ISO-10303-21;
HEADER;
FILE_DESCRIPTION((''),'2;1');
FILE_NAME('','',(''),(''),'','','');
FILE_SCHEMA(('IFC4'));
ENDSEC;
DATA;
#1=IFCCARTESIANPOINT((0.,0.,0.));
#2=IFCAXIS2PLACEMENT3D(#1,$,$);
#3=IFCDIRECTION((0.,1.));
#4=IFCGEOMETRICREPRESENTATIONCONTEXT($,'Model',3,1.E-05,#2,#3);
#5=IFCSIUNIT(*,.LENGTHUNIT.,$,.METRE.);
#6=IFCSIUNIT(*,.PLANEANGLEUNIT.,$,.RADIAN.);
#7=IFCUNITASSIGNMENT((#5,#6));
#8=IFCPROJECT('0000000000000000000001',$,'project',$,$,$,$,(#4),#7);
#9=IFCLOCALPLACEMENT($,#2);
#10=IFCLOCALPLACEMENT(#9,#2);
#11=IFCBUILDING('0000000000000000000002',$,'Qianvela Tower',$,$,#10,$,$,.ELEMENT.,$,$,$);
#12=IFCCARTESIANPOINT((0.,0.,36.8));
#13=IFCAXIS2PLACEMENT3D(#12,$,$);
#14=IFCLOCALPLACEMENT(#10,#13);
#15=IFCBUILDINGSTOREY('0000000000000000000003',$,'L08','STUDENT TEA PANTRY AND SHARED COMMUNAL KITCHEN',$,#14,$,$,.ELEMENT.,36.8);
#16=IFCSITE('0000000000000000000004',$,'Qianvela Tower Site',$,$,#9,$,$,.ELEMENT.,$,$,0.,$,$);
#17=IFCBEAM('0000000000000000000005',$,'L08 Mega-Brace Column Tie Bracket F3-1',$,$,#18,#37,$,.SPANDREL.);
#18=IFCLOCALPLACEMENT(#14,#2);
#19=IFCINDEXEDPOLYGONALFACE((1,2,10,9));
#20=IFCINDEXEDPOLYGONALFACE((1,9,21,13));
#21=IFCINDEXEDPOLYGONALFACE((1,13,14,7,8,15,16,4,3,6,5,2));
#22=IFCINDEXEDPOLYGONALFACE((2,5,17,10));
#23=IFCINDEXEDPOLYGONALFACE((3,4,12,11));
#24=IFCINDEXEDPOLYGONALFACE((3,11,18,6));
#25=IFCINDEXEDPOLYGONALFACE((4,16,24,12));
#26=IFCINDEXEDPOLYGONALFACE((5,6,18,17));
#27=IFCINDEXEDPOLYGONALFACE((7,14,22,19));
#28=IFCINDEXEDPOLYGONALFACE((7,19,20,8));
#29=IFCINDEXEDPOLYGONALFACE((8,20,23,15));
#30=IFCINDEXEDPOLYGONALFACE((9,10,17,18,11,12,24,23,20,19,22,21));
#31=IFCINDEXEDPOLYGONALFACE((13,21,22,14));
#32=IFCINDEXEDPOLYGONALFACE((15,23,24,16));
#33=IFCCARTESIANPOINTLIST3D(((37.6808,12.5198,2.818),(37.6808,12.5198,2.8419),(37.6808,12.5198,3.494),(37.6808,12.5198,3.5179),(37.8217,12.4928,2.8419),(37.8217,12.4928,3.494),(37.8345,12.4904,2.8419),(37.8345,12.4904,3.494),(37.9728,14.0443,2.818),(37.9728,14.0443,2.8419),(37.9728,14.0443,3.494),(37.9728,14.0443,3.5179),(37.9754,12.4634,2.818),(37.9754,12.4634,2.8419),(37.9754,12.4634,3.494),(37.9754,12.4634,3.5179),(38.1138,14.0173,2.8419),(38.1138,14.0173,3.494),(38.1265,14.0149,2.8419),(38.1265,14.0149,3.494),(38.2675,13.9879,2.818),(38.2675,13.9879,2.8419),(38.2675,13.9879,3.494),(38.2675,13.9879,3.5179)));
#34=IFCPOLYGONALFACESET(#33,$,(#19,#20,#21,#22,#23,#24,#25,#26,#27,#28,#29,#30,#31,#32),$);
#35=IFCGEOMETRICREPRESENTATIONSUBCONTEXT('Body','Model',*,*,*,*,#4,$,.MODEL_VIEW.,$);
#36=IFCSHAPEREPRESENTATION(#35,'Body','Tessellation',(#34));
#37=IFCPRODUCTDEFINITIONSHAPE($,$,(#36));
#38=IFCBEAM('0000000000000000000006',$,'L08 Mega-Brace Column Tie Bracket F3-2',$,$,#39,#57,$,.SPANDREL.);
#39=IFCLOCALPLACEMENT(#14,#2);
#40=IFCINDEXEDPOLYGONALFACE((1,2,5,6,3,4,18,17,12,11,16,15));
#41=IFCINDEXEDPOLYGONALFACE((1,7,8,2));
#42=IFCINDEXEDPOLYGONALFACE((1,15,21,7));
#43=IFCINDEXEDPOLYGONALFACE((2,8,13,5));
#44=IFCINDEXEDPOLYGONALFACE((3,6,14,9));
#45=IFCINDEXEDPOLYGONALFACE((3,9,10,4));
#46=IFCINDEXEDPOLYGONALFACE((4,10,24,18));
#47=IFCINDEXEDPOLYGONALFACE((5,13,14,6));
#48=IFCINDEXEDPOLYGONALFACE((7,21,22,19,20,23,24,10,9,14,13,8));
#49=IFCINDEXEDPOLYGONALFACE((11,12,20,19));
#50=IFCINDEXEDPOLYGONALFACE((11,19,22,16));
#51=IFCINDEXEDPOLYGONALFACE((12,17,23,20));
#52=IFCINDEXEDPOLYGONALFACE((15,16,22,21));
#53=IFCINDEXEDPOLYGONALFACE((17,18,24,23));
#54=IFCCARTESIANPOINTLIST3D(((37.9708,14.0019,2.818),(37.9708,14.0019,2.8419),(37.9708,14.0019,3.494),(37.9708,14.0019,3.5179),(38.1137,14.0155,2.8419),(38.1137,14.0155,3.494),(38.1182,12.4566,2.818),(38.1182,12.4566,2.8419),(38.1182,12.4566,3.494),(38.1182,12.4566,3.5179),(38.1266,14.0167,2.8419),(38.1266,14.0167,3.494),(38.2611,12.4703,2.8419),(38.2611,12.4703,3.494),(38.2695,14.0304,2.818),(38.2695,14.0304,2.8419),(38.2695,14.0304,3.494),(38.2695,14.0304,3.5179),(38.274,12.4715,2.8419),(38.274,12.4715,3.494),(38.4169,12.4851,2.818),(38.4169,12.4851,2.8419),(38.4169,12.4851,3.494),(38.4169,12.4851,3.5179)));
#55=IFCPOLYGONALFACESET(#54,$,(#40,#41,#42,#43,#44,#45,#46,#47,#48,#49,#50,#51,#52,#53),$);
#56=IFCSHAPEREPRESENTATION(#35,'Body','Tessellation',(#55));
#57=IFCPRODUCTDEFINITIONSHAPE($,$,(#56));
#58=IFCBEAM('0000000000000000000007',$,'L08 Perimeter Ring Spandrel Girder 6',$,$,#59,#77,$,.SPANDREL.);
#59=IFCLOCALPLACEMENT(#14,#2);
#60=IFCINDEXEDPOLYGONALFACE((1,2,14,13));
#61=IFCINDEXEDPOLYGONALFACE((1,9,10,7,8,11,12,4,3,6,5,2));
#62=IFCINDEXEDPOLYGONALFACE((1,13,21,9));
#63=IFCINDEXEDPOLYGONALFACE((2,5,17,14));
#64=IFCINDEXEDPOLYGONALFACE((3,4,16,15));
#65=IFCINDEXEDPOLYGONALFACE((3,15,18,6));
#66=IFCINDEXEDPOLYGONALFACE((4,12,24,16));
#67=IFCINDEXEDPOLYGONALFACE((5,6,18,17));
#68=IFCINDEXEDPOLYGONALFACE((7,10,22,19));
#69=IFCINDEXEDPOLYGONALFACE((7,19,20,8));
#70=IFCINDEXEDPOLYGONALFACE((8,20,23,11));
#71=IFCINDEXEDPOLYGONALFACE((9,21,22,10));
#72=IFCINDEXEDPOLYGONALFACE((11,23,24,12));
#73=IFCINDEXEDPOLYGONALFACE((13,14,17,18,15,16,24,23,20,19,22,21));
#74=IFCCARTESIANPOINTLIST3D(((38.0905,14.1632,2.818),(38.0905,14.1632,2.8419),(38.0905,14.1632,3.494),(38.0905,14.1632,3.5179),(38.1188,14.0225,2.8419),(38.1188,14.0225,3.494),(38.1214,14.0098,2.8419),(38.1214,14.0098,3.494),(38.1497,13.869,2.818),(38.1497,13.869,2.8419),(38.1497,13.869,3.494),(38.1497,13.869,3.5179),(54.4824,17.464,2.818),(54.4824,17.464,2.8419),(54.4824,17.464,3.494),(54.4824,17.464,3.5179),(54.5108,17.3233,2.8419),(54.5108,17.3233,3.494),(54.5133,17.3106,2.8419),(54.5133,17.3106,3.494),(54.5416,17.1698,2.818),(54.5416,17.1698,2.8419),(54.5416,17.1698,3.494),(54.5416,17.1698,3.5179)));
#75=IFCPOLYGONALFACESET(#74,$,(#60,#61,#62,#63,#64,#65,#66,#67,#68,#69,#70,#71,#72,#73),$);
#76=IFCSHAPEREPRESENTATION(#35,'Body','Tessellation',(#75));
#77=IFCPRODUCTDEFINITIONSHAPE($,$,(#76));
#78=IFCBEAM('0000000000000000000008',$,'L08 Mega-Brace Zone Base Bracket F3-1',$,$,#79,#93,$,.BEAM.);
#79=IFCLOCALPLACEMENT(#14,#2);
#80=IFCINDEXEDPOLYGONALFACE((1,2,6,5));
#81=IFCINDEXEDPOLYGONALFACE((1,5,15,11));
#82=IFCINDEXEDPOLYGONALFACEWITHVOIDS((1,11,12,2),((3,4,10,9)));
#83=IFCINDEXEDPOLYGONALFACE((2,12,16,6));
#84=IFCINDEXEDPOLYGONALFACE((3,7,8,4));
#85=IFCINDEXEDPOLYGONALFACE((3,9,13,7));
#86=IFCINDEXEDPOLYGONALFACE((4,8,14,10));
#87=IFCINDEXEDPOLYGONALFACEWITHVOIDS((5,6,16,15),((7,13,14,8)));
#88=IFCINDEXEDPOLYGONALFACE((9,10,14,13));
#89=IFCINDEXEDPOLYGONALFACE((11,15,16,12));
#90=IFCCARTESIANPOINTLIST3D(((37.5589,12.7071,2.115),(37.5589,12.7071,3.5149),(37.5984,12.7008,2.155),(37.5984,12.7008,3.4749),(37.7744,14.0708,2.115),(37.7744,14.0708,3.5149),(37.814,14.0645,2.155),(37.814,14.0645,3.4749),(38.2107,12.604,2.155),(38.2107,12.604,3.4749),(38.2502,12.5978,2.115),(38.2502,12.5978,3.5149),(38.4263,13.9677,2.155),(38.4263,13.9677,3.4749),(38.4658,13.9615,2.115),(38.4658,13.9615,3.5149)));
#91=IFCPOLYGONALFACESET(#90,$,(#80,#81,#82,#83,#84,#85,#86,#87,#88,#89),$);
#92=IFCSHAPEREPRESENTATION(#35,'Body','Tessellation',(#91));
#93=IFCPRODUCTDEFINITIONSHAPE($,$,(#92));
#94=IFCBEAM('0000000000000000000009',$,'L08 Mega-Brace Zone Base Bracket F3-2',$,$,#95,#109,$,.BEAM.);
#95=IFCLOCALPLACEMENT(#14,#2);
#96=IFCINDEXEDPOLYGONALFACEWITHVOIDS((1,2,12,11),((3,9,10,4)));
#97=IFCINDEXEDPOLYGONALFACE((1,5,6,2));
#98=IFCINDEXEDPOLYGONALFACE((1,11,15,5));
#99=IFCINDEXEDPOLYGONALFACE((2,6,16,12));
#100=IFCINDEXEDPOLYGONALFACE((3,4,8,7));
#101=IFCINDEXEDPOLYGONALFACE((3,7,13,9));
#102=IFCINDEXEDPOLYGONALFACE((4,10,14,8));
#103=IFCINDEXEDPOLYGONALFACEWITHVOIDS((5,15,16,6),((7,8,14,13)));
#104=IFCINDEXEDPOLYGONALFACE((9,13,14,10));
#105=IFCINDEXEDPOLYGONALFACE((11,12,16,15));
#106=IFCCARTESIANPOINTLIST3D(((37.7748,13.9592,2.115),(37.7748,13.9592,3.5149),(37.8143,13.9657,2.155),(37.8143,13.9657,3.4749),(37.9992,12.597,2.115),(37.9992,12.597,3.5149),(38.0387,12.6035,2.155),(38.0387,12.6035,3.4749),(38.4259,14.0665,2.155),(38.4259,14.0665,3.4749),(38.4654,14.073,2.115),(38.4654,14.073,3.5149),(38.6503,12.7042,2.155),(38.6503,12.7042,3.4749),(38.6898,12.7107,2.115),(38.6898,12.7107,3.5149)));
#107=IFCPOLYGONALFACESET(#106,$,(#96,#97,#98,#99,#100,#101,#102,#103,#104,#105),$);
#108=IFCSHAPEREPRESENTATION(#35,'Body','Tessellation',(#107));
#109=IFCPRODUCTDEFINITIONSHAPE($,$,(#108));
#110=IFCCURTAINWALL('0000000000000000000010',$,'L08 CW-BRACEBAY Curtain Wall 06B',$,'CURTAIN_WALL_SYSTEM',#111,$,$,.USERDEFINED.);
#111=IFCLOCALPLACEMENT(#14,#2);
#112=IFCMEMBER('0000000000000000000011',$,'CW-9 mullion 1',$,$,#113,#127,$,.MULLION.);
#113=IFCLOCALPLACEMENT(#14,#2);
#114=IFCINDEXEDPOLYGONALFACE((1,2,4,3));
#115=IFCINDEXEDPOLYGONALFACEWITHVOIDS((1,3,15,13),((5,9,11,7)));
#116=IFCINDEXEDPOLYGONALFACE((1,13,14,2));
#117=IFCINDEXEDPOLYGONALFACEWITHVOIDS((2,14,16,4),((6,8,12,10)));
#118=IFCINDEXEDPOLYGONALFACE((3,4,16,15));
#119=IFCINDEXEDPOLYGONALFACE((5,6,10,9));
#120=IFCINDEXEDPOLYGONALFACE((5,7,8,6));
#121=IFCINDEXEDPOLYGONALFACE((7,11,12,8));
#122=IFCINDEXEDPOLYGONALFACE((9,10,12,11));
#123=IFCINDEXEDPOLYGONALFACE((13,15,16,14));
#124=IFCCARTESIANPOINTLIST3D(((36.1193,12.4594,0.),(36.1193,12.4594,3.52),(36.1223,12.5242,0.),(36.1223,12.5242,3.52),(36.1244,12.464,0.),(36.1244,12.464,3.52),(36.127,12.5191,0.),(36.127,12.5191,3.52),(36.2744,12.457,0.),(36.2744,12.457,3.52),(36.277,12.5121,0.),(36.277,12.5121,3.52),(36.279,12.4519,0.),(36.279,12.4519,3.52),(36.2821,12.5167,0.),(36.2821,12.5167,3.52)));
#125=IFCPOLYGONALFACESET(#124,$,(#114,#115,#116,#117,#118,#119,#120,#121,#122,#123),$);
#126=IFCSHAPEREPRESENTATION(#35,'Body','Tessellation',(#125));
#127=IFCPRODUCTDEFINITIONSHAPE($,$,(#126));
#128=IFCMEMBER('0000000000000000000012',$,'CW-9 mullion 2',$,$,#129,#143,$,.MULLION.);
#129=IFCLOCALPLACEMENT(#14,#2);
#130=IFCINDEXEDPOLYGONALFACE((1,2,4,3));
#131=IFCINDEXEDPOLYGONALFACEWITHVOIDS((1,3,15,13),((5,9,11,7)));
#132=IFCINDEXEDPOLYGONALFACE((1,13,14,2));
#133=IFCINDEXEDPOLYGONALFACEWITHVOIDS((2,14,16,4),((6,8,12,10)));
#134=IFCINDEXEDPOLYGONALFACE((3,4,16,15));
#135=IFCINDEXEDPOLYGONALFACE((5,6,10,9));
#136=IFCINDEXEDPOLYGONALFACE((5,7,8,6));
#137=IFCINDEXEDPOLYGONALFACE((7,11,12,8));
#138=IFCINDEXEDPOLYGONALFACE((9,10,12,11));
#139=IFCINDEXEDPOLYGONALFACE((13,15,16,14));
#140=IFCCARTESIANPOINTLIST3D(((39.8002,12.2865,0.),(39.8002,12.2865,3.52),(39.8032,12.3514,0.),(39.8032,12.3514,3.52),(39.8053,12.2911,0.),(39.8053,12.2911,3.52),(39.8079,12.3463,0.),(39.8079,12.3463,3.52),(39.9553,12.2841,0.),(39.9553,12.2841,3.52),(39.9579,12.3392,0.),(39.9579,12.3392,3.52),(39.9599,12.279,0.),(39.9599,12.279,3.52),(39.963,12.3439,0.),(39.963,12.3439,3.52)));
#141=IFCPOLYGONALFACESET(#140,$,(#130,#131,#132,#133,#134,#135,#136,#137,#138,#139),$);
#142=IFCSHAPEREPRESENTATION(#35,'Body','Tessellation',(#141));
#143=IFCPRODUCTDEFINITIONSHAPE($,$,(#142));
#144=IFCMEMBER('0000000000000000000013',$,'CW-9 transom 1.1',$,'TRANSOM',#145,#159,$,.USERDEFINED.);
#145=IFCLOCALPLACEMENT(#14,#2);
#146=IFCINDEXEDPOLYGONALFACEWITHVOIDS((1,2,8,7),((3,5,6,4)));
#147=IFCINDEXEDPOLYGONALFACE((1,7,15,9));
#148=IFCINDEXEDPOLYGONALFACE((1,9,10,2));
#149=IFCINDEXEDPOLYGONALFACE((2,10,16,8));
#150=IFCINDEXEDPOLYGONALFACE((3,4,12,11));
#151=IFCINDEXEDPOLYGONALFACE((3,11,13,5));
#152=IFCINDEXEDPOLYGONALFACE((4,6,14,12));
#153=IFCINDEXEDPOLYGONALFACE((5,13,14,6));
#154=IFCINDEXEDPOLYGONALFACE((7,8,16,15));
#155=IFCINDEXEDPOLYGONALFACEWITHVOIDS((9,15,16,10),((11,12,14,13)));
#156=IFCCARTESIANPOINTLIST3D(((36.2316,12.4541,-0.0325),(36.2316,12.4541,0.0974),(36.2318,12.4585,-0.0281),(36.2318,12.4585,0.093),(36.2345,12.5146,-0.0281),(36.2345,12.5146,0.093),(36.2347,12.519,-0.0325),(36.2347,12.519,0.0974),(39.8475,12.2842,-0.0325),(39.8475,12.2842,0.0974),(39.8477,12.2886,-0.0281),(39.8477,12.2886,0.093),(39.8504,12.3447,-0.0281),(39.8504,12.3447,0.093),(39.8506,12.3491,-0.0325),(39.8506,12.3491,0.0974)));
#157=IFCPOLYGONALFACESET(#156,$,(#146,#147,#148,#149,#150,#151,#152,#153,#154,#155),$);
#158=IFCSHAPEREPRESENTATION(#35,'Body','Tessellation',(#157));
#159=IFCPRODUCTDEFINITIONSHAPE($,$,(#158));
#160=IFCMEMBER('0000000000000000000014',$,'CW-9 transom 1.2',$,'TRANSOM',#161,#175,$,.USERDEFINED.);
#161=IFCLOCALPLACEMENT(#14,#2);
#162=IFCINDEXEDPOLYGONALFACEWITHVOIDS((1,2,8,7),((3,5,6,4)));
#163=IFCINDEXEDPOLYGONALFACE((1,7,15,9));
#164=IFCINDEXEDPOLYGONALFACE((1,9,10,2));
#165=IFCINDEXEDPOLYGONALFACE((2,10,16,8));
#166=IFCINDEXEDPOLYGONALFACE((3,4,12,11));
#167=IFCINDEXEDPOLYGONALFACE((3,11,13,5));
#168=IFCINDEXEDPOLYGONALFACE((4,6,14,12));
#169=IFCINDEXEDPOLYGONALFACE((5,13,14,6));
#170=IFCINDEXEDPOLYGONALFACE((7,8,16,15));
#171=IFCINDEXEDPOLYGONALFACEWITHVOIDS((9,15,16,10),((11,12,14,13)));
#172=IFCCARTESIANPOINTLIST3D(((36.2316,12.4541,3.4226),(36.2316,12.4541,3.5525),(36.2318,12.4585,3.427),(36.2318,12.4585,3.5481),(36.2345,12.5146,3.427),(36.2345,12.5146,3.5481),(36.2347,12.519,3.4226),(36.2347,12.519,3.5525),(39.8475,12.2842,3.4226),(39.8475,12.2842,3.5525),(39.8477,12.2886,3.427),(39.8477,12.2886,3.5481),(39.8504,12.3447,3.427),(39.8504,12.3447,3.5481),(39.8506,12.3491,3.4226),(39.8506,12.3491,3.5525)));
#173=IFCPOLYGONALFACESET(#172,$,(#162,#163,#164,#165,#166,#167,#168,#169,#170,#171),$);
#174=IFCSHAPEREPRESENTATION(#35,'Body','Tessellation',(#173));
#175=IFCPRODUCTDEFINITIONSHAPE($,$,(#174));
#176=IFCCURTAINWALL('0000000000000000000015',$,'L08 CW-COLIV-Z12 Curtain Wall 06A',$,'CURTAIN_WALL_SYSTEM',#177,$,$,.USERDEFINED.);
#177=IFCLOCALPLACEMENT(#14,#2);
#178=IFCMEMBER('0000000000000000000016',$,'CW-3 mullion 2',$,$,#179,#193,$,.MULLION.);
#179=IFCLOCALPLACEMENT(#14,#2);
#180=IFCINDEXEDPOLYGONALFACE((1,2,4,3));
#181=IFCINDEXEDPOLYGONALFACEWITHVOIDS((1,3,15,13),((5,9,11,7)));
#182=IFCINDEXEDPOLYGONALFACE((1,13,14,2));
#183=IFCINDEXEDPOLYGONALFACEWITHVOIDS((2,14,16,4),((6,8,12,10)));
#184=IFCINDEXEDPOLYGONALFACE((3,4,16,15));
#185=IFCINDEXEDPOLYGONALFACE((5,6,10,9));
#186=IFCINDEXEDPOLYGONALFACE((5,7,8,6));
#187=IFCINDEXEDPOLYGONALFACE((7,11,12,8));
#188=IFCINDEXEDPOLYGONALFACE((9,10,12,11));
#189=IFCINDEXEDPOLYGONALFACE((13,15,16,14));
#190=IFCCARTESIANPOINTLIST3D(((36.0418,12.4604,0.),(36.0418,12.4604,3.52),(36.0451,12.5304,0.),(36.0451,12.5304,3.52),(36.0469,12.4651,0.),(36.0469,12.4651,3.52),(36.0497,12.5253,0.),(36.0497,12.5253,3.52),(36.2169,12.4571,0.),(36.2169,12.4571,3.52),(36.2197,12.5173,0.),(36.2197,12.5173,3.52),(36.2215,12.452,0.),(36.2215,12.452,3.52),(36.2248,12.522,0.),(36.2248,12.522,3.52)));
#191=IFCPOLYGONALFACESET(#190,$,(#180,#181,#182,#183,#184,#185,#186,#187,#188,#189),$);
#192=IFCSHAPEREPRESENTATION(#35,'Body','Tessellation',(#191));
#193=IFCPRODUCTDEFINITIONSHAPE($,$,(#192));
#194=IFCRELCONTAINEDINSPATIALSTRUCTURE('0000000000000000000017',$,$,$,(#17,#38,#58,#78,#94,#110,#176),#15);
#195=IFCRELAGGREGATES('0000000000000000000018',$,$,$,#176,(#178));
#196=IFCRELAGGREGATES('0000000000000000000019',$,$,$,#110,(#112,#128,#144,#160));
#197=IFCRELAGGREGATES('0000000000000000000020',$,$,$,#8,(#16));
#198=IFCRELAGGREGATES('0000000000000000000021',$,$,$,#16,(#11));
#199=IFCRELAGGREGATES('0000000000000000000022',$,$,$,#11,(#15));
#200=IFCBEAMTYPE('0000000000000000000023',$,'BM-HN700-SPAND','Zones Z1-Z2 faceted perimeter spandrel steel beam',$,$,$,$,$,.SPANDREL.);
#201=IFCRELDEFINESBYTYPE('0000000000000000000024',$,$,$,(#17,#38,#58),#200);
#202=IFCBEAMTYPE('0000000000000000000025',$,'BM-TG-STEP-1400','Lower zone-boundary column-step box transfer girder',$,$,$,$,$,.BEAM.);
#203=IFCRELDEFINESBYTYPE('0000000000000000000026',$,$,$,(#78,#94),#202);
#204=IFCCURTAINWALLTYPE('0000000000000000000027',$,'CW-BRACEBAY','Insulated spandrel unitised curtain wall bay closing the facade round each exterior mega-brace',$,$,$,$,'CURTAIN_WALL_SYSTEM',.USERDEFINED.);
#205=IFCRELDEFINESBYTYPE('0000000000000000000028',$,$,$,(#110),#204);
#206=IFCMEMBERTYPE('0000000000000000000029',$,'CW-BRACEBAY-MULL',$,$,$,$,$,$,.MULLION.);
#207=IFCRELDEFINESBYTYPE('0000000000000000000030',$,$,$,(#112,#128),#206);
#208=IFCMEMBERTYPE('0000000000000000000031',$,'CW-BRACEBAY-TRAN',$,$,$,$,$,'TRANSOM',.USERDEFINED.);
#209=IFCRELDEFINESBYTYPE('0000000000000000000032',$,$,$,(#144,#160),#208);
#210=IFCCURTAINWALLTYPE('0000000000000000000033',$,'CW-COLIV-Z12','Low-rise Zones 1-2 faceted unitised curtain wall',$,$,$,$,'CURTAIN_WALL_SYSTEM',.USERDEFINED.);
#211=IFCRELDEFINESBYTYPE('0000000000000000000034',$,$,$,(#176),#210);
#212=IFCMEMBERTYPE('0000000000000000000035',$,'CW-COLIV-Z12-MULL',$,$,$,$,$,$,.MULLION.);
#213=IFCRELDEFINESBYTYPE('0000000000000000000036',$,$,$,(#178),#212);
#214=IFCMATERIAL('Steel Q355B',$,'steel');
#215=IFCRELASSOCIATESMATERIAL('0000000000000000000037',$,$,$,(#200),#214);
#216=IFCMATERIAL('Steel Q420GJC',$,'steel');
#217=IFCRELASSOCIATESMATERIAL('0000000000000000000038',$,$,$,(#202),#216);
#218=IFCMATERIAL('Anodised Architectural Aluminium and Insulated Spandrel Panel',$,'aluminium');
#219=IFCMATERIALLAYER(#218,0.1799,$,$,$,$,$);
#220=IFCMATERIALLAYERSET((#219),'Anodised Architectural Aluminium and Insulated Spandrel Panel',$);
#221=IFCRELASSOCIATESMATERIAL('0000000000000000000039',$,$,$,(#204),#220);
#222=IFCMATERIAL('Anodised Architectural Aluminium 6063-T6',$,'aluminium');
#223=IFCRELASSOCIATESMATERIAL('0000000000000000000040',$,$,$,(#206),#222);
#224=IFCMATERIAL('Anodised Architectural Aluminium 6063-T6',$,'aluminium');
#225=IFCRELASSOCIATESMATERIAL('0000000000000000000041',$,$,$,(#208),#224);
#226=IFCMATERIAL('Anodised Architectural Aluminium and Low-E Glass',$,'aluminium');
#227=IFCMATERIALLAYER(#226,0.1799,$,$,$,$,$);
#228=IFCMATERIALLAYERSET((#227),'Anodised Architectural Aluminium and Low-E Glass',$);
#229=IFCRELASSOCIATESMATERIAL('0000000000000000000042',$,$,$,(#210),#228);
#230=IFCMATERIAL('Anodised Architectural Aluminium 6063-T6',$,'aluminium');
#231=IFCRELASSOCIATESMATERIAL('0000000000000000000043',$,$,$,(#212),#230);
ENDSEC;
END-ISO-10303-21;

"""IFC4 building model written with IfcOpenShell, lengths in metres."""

from ifc_helpers import new_model, si_unit, direction, frame, origin, origin_2d, place, context, subcontext, project, spatial, hollow_rectangle, i_section, extrude, material, layer, layer_set, material_profile, profile_set, type_object, element, aggregate, save


model = new_model("IFC4")

# Units and contexts
model_context = context("Model", 3, precision=1e-05, world=origin(), true_north=direction((0.0, 1.0)))
body_context = subcontext(model_context, "Body", "Model", "MODEL_VIEW")
ifc_project = project(units=[si_unit("LENGTHUNIT", "METRE"), si_unit("PLANEANGLEUNIT", "RADIAN")], contexts=[model_context])

# Site, building, storey
site_placement = place(None, origin())
site = spatial("IfcSite", under=ifc_project, at=site_placement, Name="Qianvela Tower Site", CompositionType="ELEMENT", RefElevation=0.0)
building_placement = place(site_placement, origin())
building = spatial("IfcBuilding", under=site, at=building_placement, Name="Qianvela Tower", CompositionType="ELEMENT")
storey_placement = place(building_placement, frame((0.0, 0.0, 36.8)))
storey = spatial("IfcBuildingStorey", under=building, at=storey_placement, Name="L08", Description="STUDENT TEA PANTRY AND SHARED COMMUNAL KITCHEN", CompositionType="ELEMENT", Elevation=36.8)

# Beams
ifc_material_1 = material(Name="Steel Q355B", Category="steel")
ifc_material_profile_1 = material_profile(ifc_material_1, i_section(OverallWidth=0.3, OverallDepth=0.7, WebThickness=0.0129, FlangeThickness=0.0239, at=origin_2d()), Name="HN700x300x13x24")
ifc_profile_set_1 = profile_set([ifc_material_profile_1], Name="Steel Q355B")
beam_type_1 = type_object("IfcBeamType", Name="BM-HN700-SPAND", Description="Zones Z1-Z2 faceted perimeter spandrel steel beam", PredefinedType="SPANDREL", material=ifc_profile_set_1)
for number, where, z_axis, x_axis, name in (
    (1, (38.1201, 14.0161, 3.168), (-0.188124, -0.982145, 0.0), (0.982145, -0.188124, 0.0), "L08 Mega-Brace Column Tie Bracket F3-1"),
    (2, (38.1201, 14.0161, 3.168), (0.095002, -0.995477, 0.0), (0.995477, 0.095002, 0.0), "L08 Mega-Brace Column Tie Bracket F3-2"),
):
    element("IfcBeam", number, at=place(storey_placement, frame(where, z_axis=z_axis, x_axis=x_axis)), inside=storey, type_object=beam_type_1, Name=name, PredefinedType="SPANDREL", context=body_context, shape_type="SweptSolid", body=[
        extrude(i_section(OverallWidth=0.3, OverallDepth=0.7, WebThickness=0.0129, FlangeThickness=0.0239, at=origin_2d()), origin(), (0.0, 0.0, 1.0), 1.5522),
    ])
beam_1_placement = place(storey_placement, frame((38.1201, 14.0161, 3.168), z_axis=(0.980322, 0.197405, 0.0), x_axis=(-0.197405, 0.980322, 0.0)))
element("IfcBeam", 3, at=beam_1_placement, inside=storey, type_object=beam_type_1, Name="L08 Perimeter Ring Spandrel Girder 6", PredefinedType="SPANDREL", context=body_context, shape_type="SweptSolid", body=[
    extrude(i_section(OverallWidth=0.3, OverallDepth=0.7, WebThickness=0.0129, FlangeThickness=0.0239, at=origin_2d()), origin(), (0.0, 0.0, 1.0), 16.7209),
])
ifc_material_2 = material(Name="Steel Q420GJC", Category="steel")
ifc_material_profile_2 = material_profile(ifc_material_2, hollow_rectangle(XDim=0.7, YDim=1.3999, WallThickness=0.04, at=origin_2d()), Name="TG-BOX-1400x700x40")
ifc_profile_set_2 = profile_set([ifc_material_profile_2], Name="Steel Q420GJC")
beam_type_2 = type_object("IfcBeamType", Name="BM-TG-STEP-1400", Description="Lower zone-boundary column-step box transfer girder", PredefinedType="BEAM", material=ifc_profile_set_2)
for number, where, z_axis, x_axis, name in (
    (4, (38.1201, 14.0161, 2.8149), (-0.156135, -0.987736, 0.0), (0.987736, -0.156135, 0.0), "L08 Mega-Brace Zone Base Bracket F3-1"),
    (5, (38.1201, 14.0161, 2.8149), (0.162506, -0.986708, 0.0), (0.986708, 0.162506, 0.0), "L08 Mega-Brace Zone Base Bracket F3-2"),
):
    element("IfcBeam", number, at=place(storey_placement, frame(where, z_axis=z_axis, x_axis=x_axis)), inside=storey, type_object=beam_type_2, Name=name, PredefinedType="BEAM", context=body_context, shape_type="SweptSolid", body=[
        extrude(hollow_rectangle(XDim=0.7, YDim=1.3999, WallThickness=0.04, at=origin_2d()), origin(), (0.0, 0.0, 1.0), 1.3806),
    ])

# Curtain wall, members
ifc_material_3 = material(Name="Anodised Architectural Aluminium and Insulated Spandrel Panel", Category="aluminium")
ifc_layer_1 = layer(ifc_material_3, 0.1799)
ifc_layer_set_1 = layer_set([ifc_layer_1], Name="Anodised Architectural Aluminium and Insulated Spandrel Panel")
curtain_wall_type_1 = type_object("IfcCurtainWallType", Name="CW-BRACEBAY", Description="Insulated spandrel unitised curtain wall bay closing the facade round each exterior mega-brace", ElementType="CURTAIN_WALL_SYSTEM", PredefinedType="USERDEFINED", material=ifc_layer_set_1)
curtain_wall_1_placement = place(storey_placement, origin())
curtain_wall_1 = element("IfcCurtainWall", 6, at=curtain_wall_1_placement, inside=storey, type_object=curtain_wall_type_1, Name="L08 CW-BRACEBAY Curtain Wall 06B", ObjectType="CURTAIN_WALL_SYSTEM", PredefinedType="USERDEFINED")
ifc_material_4 = material(Name="Anodised Architectural Aluminium 6063-T6", Category="aluminium")
ifc_material_profile_3 = material_profile(ifc_material_4, hollow_rectangle(XDim=0.0649, YDim=0.1599, WallThickness=0.0049, at=origin_2d()), Name="ALU-MULL-65x160")
ifc_profile_set_3 = profile_set([ifc_material_profile_3], Name="Anodised Architectural Aluminium 6063-T6")
member_type_1 = type_object("IfcMemberType", Name="CW-BRACEBAY-MULL", PredefinedType="MULLION", material=ifc_profile_set_3)
member_1_placement = place(storey_placement, frame((36.2007, 12.488, 0.0), z_axis=(0.0, 0.0, 1.0), x_axis=(0.046881, 0.9989, 0.0)))
member_1 = element("IfcMember", 7, at=member_1_placement, type_object=member_type_1, Name="CW-9 mullion 1", PredefinedType="MULLION", context=body_context, shape_type="SweptSolid", body=[
    extrude(hollow_rectangle(XDim=0.0649, YDim=0.1599, WallThickness=0.0049, at=origin_2d()), origin(), (0.0, 0.0, 1.0), 3.52),
])
member_2_placement = place(storey_placement, frame((39.8816, 12.3152, 0.0), z_axis=(0.0, 0.0, 1.0), x_axis=(0.046881, 0.9989, 0.0)))
member_2 = element("IfcMember", 8, at=member_2_placement, type_object=member_type_1, Name="CW-9 mullion 2", PredefinedType="MULLION", context=body_context, shape_type="SweptSolid", body=[
    extrude(hollow_rectangle(XDim=0.0649, YDim=0.1599, WallThickness=0.0049, at=origin_2d()), origin(), (0.0, 0.0, 1.0), 3.52),
])
ifc_material_5 = material(Name="Anodised Architectural Aluminium 6063-T6", Category="aluminium")
ifc_material_profile_4 = material_profile(ifc_material_5, hollow_rectangle(XDim=0.0649, YDim=0.1299, WallThickness=0.0044, at=origin_2d()), Name="ALU-TRAN-65x130")
ifc_profile_set_4 = profile_set([ifc_material_profile_4], Name="Anodised Architectural Aluminium 6063-T6")
member_type_2 = type_object("IfcMemberType", Name="CW-BRACEBAY-TRAN", ElementType="TRANSOM", PredefinedType="USERDEFINED", material=ifc_profile_set_4)
member_3_placement = place(storey_placement, frame((36.2332, 12.4866, 0.0325), z_axis=(0.998898, -0.04694, 0.0), x_axis=(0.04694, 0.998898, 0.0)))
member_3 = element("IfcMember", 9, at=member_3_placement, type_object=member_type_2, Name="CW-9 transom 1.1", ObjectType="TRANSOM", PredefinedType="USERDEFINED", context=body_context, shape_type="SweptSolid", body=[
    extrude(hollow_rectangle(XDim=0.0649, YDim=0.1299, WallThickness=0.0044, at=origin_2d()), origin(), (0.0, 0.0, 1.0), 3.6199),
])
member_4_placement = place(storey_placement, frame((36.2332, 12.4866, 3.4875), z_axis=(0.998898, -0.04694, 0.0), x_axis=(0.04694, 0.998898, 0.0)))
member_4 = element("IfcMember", 10, at=member_4_placement, type_object=member_type_2, Name="CW-9 transom 1.2", ObjectType="TRANSOM", PredefinedType="USERDEFINED", context=body_context, shape_type="SweptSolid", body=[
    extrude(hollow_rectangle(XDim=0.0649, YDim=0.1299, WallThickness=0.0044, at=origin_2d()), origin(), (0.0, 0.0, 1.0), 3.6199),
])

# Curtain wall, member
ifc_material_6 = material(Name="Anodised Architectural Aluminium and Low-E Glass", Category="aluminium")
ifc_layer_2 = layer(ifc_material_6, 0.1799)
ifc_layer_set_2 = layer_set([ifc_layer_2], Name="Anodised Architectural Aluminium and Low-E Glass")
curtain_wall_type_2 = type_object("IfcCurtainWallType", Name="CW-COLIV-Z12", Description="Low-rise Zones 1-2 faceted unitised curtain wall", ElementType="CURTAIN_WALL_SYSTEM", PredefinedType="USERDEFINED", material=ifc_layer_set_2)
curtain_wall_2_placement = place(storey_placement, origin())
curtain_wall_2 = element("IfcCurtainWall", 11, at=curtain_wall_2_placement, inside=storey, type_object=curtain_wall_type_2, Name="L08 CW-COLIV-Z12 Curtain Wall 06A", ObjectType="CURTAIN_WALL_SYSTEM", PredefinedType="USERDEFINED")
ifc_material_7 = material(Name="Anodised Architectural Aluminium 6063-T6", Category="aluminium")
ifc_material_profile_5 = material_profile(ifc_material_7, hollow_rectangle(XDim=0.0701, YDim=0.1799, WallThickness=0.0049, at=origin_2d()), Name="ALU-MULL-70x180")
ifc_profile_set_5 = profile_set([ifc_material_profile_5], Name="Anodised Architectural Aluminium 6063-T6")
member_type_3 = type_object("IfcMemberType", Name="CW-COLIV-Z12-MULL", PredefinedType="MULLION", material=ifc_profile_set_5)
member_5_placement = place(storey_placement, frame((36.1333, 12.4912, 0.0), z_axis=(0.0, 0.0, 1.0), x_axis=(0.04688, 0.998901, 0.0)))
member_5 = element("IfcMember", 12, at=member_5_placement, type_object=member_type_3, Name="CW-3 mullion 2", PredefinedType="MULLION", context=body_context, shape_type="SweptSolid", body=[
    extrude(hollow_rectangle(XDim=0.0701, YDim=0.1799, WallThickness=0.0049, at=origin_2d()), origin(), (0.0, 0.0, 1.0), 3.52),
])
aggregate(curtain_wall_2, [member_5])

aggregate(curtain_wall_1, [member_1, member_2, member_3, member_4])

save(model, "model.ifc")
